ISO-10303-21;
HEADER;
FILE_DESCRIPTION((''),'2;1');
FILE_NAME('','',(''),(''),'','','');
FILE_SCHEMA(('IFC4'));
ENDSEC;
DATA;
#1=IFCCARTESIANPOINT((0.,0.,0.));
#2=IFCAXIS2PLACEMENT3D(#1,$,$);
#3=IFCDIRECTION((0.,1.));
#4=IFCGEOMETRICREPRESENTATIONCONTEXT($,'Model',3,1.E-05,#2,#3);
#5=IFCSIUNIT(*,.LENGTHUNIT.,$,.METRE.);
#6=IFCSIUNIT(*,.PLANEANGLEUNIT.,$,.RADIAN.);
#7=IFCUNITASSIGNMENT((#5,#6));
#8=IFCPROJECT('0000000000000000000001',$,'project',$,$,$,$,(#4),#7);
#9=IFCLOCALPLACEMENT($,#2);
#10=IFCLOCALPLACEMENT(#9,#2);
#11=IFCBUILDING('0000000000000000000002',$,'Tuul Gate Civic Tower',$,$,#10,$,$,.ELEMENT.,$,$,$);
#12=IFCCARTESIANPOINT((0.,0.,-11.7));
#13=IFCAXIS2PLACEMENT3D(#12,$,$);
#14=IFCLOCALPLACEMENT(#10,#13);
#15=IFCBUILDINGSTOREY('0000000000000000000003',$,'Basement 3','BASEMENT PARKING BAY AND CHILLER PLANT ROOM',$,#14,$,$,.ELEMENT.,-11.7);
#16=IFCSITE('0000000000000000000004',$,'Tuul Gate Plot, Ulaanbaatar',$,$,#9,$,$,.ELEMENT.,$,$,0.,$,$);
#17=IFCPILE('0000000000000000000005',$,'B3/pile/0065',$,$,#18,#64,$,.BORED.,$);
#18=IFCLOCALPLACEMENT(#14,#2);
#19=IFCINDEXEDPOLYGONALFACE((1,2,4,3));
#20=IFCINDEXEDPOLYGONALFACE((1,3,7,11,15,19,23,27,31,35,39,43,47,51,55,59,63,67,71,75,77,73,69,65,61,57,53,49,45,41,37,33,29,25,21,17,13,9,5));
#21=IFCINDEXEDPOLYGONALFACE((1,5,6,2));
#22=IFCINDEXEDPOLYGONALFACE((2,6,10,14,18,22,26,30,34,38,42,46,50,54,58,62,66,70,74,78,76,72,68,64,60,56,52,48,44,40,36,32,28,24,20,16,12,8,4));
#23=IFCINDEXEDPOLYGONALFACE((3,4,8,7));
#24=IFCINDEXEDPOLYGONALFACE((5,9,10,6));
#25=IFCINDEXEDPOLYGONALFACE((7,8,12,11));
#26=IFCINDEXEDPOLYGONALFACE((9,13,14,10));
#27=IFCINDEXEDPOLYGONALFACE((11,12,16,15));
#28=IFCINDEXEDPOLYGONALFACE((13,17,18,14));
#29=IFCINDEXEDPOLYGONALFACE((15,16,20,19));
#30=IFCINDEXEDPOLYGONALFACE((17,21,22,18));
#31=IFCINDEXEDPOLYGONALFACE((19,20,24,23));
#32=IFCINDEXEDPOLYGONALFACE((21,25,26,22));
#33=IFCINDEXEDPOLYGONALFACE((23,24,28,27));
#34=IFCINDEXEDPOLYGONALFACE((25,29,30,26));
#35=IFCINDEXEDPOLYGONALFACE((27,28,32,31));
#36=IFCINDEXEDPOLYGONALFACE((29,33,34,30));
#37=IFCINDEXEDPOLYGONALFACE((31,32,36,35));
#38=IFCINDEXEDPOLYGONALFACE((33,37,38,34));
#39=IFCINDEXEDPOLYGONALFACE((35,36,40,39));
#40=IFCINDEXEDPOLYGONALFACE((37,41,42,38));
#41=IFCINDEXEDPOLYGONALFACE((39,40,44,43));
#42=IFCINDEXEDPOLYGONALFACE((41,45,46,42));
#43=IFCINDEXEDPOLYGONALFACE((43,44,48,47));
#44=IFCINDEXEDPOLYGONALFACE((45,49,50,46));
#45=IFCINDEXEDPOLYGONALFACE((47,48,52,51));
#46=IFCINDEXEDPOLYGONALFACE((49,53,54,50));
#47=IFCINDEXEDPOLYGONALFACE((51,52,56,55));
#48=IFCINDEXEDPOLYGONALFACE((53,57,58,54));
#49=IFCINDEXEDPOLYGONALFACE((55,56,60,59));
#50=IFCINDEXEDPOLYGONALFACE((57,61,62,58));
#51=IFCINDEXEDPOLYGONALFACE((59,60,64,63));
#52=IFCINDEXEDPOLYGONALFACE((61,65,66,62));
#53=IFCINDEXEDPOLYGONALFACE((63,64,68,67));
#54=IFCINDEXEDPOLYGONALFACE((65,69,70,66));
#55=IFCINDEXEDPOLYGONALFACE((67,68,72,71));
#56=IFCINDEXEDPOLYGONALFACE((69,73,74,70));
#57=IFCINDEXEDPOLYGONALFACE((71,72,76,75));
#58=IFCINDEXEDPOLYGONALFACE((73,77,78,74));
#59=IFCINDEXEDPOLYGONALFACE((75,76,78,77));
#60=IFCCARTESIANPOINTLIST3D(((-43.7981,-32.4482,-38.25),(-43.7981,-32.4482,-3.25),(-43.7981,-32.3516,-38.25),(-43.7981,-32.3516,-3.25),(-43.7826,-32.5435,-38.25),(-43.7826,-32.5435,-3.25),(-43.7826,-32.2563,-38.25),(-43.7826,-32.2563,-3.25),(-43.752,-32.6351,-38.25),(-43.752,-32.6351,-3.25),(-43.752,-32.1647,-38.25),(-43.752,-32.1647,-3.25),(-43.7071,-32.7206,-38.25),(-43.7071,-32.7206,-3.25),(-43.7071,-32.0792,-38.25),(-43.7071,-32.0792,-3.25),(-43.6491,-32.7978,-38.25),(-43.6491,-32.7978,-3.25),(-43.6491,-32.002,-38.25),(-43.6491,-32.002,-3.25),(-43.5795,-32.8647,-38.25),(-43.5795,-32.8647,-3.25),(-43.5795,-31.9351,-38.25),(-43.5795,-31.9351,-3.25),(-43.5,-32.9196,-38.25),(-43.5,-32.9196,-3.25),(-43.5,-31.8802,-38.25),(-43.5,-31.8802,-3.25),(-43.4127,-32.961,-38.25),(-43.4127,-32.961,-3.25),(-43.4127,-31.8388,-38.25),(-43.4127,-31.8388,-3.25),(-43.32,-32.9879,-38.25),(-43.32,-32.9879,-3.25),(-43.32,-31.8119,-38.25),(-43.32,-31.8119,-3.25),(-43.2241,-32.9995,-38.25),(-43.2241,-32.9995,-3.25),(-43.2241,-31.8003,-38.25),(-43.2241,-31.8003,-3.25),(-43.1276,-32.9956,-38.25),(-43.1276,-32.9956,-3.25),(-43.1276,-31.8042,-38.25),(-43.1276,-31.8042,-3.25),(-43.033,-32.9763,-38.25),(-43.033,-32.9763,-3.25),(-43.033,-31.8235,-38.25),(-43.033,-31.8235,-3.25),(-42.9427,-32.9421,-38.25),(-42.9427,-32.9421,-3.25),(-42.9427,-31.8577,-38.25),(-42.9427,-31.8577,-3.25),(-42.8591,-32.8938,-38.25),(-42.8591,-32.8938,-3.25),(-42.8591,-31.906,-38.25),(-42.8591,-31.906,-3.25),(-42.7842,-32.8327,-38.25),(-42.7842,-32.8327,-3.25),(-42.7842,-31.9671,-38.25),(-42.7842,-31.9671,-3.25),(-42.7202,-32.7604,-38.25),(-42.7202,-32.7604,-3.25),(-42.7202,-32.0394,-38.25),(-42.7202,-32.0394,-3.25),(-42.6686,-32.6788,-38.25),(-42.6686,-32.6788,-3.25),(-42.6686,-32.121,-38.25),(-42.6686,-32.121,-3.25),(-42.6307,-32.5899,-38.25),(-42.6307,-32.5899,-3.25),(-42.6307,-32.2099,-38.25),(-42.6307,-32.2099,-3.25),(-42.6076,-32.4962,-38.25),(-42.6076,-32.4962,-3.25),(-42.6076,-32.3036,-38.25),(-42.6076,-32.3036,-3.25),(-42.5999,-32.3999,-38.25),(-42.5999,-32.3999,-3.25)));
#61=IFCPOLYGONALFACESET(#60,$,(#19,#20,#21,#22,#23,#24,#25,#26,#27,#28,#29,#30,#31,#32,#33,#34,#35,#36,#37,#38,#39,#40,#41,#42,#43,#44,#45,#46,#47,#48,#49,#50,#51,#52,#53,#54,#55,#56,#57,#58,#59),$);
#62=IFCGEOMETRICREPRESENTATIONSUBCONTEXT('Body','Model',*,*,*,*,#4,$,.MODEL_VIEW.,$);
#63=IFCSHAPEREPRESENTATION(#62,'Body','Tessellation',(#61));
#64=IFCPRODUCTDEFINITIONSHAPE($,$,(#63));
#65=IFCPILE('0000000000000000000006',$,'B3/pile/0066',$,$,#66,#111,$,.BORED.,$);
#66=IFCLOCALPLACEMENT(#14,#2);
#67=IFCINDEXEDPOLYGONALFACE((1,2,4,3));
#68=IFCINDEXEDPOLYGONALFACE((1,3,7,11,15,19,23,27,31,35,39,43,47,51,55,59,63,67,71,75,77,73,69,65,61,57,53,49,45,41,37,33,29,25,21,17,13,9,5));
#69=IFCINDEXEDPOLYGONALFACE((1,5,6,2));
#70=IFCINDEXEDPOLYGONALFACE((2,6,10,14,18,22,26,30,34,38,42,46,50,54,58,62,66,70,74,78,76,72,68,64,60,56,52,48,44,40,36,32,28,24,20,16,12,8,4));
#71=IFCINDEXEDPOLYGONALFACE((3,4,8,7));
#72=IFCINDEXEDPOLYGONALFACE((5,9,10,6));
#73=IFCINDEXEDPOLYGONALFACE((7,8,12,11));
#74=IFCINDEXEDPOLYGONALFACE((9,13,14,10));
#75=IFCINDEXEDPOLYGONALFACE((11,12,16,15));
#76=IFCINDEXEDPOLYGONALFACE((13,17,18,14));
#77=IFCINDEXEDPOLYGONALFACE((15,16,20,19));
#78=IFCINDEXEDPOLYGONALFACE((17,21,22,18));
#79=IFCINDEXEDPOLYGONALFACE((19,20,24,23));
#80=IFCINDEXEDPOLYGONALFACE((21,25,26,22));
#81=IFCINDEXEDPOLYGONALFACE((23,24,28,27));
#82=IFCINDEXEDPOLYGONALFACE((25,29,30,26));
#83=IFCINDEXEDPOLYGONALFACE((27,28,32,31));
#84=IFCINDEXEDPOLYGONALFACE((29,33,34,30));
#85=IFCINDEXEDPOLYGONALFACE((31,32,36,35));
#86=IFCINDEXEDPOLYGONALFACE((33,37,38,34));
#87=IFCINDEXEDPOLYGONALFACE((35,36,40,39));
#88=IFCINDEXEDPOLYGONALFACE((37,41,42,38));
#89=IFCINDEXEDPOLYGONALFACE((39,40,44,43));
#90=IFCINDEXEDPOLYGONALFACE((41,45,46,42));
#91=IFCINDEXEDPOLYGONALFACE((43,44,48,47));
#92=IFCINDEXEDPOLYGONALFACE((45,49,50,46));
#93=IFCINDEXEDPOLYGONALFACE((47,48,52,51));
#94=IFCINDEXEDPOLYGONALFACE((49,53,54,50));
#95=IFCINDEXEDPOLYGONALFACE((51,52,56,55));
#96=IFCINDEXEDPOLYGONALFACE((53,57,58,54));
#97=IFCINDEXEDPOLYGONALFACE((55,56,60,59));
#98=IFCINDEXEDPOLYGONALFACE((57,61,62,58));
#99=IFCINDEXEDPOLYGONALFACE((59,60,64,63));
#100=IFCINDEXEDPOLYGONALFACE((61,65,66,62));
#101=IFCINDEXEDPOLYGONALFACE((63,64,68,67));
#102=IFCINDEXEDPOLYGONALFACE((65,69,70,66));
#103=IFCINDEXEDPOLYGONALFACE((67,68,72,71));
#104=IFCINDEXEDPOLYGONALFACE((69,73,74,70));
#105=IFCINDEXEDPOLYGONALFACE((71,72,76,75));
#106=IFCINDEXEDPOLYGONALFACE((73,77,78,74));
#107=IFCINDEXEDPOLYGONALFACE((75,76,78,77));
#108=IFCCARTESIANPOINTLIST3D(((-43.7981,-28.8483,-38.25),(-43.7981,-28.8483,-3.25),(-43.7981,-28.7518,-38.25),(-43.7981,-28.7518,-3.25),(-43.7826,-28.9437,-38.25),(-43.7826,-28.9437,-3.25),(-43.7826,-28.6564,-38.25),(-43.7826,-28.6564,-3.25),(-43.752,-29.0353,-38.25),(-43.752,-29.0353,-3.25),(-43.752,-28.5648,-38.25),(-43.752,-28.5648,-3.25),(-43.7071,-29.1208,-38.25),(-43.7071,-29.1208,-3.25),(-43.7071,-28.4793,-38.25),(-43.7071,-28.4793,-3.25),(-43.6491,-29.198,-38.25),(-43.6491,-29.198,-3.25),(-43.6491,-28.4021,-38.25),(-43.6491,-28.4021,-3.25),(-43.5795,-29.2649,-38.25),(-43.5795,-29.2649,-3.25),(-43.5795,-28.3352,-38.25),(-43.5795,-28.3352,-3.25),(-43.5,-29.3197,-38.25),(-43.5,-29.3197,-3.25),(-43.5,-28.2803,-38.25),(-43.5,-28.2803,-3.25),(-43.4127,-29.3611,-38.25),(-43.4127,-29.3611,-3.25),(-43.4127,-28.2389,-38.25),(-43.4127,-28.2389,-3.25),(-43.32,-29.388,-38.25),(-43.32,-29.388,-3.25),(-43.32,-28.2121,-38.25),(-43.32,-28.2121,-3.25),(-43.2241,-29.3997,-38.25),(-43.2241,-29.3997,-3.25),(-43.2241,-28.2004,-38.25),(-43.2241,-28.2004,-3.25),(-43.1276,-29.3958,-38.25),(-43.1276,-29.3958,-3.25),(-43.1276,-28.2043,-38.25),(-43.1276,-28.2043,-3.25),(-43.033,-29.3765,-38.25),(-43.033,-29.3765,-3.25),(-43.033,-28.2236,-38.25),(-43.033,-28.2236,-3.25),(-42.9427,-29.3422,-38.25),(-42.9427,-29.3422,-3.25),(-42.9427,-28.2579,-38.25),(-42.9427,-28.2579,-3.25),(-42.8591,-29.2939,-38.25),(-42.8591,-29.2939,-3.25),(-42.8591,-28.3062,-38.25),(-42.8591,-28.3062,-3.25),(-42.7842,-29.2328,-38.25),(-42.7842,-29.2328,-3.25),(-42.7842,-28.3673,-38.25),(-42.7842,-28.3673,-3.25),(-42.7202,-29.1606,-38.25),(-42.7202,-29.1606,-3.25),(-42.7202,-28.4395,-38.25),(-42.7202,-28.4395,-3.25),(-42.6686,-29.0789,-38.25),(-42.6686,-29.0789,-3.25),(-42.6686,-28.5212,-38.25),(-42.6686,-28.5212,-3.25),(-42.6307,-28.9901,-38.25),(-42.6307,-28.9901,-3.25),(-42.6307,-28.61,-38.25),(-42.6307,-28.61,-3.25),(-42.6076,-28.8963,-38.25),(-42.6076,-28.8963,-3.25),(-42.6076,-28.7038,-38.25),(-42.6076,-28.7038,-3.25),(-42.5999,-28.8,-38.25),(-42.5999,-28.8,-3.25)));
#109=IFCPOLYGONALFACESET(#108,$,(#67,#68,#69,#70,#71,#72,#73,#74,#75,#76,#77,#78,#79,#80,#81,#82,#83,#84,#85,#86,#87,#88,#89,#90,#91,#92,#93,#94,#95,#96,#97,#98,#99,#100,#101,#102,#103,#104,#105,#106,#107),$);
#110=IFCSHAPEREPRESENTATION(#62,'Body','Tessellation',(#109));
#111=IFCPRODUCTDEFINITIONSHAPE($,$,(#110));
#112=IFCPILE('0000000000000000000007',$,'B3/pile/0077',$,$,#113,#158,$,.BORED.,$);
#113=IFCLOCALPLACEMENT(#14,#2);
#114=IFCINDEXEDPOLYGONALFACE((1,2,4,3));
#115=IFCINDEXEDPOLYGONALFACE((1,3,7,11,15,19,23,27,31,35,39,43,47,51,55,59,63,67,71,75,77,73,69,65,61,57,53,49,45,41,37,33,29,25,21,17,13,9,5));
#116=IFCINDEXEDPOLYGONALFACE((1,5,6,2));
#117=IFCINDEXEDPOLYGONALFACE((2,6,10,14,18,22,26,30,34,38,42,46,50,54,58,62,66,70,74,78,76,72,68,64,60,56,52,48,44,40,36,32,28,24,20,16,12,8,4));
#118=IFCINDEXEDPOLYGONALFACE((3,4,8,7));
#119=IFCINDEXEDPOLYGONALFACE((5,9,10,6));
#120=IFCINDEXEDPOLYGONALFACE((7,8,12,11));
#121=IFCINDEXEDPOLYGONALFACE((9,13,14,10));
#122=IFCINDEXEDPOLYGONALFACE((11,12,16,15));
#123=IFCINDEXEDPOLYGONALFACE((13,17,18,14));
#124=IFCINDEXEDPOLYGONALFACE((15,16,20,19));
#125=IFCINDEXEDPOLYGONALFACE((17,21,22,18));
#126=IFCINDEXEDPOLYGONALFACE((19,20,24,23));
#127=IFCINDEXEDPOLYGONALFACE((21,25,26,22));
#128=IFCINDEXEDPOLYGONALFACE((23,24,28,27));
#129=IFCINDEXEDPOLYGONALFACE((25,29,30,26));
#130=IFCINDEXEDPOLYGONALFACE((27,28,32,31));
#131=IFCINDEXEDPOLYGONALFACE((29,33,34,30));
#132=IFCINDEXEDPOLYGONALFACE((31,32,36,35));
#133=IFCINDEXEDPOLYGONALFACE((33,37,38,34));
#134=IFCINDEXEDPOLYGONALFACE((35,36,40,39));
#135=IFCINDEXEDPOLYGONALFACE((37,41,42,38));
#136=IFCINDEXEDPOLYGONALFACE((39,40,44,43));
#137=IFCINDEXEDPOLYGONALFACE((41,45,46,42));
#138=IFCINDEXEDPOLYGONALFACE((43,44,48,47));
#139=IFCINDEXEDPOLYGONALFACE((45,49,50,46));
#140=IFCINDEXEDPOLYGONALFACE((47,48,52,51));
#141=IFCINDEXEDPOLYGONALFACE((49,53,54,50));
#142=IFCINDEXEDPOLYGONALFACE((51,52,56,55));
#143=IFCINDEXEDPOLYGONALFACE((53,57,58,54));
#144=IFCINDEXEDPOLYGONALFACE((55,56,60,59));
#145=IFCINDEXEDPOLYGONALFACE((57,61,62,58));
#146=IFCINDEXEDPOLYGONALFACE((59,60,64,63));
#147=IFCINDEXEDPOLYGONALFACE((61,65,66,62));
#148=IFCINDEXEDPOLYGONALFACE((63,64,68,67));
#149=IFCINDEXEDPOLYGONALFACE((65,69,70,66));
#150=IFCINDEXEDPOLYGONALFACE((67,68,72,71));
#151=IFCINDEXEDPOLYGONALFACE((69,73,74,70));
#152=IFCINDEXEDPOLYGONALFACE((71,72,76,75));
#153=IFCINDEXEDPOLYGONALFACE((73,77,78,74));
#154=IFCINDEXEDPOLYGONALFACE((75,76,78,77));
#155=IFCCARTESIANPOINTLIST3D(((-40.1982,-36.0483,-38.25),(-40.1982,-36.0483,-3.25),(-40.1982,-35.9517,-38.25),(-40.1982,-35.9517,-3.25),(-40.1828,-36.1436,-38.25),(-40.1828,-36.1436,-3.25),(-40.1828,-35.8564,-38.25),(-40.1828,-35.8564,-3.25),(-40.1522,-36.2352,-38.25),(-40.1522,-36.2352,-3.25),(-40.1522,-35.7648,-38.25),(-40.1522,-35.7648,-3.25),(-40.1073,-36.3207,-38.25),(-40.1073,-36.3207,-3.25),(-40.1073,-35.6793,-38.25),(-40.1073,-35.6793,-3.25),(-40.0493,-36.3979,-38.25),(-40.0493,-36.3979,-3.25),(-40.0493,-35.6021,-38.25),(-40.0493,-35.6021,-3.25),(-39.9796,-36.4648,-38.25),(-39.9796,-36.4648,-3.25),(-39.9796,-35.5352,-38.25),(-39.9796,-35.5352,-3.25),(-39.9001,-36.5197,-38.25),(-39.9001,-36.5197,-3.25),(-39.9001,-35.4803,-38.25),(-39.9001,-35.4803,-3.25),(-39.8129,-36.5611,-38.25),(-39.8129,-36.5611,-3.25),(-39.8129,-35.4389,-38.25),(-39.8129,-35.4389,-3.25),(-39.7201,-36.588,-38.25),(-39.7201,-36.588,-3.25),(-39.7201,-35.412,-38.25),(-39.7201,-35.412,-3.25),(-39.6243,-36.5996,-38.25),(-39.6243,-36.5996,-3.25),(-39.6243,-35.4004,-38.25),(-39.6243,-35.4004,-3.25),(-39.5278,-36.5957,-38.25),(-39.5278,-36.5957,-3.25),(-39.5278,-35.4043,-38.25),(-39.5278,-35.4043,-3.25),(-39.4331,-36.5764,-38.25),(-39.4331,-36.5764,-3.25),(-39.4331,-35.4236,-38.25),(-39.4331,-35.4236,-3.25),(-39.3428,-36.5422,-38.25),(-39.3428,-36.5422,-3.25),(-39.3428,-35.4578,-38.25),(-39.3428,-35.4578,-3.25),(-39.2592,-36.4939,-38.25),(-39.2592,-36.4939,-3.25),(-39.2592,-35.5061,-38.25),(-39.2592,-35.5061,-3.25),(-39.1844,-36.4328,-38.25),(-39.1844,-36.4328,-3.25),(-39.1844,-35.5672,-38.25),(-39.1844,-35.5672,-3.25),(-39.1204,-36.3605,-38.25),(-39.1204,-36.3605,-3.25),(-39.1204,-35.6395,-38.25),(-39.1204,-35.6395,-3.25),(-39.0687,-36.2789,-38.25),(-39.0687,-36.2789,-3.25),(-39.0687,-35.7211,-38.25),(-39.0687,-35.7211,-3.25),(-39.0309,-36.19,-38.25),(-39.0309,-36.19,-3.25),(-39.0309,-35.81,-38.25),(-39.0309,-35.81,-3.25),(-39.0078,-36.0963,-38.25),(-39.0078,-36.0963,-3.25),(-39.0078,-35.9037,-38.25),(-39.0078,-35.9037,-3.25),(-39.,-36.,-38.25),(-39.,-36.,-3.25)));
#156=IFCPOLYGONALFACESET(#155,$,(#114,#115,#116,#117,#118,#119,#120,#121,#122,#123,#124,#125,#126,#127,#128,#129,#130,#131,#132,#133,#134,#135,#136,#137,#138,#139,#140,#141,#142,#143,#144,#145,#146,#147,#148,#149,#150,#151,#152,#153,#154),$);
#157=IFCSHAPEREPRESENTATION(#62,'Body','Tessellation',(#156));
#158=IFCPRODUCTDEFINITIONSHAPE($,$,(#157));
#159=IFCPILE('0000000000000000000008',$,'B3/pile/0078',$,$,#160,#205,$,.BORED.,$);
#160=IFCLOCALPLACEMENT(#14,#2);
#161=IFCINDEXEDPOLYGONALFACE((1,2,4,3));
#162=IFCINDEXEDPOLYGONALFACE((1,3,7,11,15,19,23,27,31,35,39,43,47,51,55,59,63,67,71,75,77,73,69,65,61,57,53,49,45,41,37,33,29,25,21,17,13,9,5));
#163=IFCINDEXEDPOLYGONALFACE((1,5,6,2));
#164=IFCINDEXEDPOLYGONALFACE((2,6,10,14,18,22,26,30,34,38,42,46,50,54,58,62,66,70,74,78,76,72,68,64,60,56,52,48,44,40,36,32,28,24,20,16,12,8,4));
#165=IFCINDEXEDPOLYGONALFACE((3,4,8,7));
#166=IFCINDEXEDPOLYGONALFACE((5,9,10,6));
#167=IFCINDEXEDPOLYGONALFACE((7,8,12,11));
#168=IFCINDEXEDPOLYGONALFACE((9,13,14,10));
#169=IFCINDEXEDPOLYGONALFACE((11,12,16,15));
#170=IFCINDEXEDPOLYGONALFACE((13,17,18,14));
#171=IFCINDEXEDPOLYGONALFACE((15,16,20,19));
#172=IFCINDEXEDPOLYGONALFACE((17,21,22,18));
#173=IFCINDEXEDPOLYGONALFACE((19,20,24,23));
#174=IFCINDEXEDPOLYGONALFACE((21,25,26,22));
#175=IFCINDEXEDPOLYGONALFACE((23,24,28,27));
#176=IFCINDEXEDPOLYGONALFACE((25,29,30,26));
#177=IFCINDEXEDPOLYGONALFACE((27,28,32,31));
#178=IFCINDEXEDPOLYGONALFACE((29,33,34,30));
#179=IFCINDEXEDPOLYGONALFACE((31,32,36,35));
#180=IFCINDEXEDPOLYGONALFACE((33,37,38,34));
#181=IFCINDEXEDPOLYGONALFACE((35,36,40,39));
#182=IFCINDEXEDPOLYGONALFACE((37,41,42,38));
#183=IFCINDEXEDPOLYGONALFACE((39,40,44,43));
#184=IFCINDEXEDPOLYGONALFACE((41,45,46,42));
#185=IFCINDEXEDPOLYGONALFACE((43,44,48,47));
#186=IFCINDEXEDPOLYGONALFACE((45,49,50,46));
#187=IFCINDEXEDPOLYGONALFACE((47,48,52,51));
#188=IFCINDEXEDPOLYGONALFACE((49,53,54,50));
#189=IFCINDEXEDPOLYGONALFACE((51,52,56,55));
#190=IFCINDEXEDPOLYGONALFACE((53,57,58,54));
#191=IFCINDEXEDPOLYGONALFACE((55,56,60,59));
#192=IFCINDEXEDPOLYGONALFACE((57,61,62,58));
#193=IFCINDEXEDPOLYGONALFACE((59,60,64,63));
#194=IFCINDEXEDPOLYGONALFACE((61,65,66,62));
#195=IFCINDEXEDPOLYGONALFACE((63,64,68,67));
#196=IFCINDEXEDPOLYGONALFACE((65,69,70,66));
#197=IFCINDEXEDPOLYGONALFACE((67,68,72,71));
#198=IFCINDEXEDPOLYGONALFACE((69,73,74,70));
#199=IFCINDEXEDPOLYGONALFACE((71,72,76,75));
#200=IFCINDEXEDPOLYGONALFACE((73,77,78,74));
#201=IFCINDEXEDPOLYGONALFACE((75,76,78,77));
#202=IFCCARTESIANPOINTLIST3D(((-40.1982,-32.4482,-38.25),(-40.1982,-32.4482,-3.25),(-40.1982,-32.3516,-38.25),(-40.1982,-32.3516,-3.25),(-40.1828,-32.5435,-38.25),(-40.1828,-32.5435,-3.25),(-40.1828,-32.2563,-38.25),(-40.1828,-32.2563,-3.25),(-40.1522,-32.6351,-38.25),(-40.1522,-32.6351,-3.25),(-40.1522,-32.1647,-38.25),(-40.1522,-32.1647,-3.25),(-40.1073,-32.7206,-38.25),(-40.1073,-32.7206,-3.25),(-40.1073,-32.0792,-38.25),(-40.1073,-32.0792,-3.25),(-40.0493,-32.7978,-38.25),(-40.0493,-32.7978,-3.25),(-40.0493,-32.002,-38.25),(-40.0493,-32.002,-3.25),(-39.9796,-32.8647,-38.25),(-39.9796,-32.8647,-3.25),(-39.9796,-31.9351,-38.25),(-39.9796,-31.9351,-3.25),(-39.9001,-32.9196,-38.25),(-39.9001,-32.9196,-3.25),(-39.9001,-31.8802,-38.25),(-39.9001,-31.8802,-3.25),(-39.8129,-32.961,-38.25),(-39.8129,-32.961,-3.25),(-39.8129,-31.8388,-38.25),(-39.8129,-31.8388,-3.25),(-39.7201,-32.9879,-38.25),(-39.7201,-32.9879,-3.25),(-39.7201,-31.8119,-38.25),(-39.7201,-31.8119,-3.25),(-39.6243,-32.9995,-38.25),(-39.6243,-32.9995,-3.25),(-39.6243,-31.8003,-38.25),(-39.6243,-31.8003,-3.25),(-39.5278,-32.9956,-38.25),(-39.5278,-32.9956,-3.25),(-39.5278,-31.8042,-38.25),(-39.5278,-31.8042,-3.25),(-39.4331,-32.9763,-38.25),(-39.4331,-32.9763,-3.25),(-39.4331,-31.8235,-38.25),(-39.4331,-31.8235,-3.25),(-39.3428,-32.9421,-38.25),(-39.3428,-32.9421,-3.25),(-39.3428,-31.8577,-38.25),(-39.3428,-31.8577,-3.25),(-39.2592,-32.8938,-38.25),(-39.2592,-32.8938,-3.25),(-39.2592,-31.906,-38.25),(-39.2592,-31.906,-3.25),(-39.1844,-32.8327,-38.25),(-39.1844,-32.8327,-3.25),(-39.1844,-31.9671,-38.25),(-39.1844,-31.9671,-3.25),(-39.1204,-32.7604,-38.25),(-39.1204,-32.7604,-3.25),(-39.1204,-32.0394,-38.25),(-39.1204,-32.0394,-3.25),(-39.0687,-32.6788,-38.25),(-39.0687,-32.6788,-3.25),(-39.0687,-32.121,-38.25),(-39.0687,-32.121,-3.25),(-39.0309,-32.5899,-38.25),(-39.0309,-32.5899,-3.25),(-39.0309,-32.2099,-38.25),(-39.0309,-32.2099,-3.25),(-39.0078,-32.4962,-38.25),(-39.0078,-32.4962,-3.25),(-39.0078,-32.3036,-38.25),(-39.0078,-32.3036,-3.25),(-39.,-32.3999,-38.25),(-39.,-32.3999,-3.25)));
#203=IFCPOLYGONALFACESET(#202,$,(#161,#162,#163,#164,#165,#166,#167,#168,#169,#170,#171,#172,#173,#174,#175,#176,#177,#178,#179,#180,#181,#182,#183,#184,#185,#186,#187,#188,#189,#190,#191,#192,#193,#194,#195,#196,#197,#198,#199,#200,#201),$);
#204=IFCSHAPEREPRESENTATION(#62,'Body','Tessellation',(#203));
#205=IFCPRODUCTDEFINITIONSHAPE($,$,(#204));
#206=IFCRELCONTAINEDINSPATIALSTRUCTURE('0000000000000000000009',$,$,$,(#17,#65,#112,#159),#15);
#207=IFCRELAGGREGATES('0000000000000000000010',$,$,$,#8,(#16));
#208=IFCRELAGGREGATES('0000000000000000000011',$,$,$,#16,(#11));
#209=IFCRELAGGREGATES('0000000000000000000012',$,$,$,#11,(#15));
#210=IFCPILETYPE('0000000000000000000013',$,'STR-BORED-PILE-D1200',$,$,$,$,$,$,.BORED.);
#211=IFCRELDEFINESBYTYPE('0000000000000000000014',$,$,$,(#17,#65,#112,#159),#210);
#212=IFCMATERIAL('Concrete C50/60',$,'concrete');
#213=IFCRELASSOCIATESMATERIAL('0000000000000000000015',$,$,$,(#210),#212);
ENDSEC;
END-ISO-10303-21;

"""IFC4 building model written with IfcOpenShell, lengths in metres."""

from ifc_helpers import new_model, si_unit, direction, frame, origin, origin_2d, place, context, subcontext, project, spatial, circle, extrude, material, material_profile, profile_set, type_object, element, save


model = new_model("IFC4")

# Units and contexts
model_context = context("Model", 3, precision=1e-05, world=origin(), true_north=direction((0.0, 1.0)))
body_context = subcontext(model_context, "Body", "Model", "MODEL_VIEW")
ifc_project = project(units=[si_unit("LENGTHUNIT", "METRE"), si_unit("PLANEANGLEUNIT", "RADIAN")], contexts=[model_context])

# Site, building, storey
site_placement = place(None, origin())
site = spatial("IfcSite", under=ifc_project, at=site_placement, Name="Tuul Gate Plot, Ulaanbaatar", CompositionType="ELEMENT", RefElevation=0.0)
building_placement = place(site_placement, origin())
building = spatial("IfcBuilding", under=site, at=building_placement, Name="Tuul Gate Civic Tower", CompositionType="ELEMENT")
storey_placement = place(building_placement, frame((0.0, 0.0, -11.7)))
storey = spatial("IfcBuildingStorey", under=building, at=storey_placement, Name="Basement 3", Description="BASEMENT PARKING BAY AND CHILLER PLANT ROOM", CompositionType="ELEMENT", Elevation=-11.7)

# Piles
ifc_material_1 = material(Name="Concrete C50/60", Category="concrete")
ifc_material_profile_1 = material_profile(ifc_material_1, circle(Radius=0.6001, at=origin_2d()), Name="PILE1200")
ifc_profile_set_1 = profile_set([ifc_material_profile_1], Name="Concrete C50/60")
pile_type = type_object("IfcPileType", Name="STR-BORED-PILE-D1200", PredefinedType="BORED", material=ifc_profile_set_1)
for number, where, z_axis, x_axis, name in (
    (1, (-43.2, -32.3999, -3.25), (0.0, 0.0, -1.0), (1.0, 0.0, 0.0), "B3/pile/0065"),
    (2, (-43.2, -28.8, -3.25), (0.0, 0.0, -1.0), (1.0, 0.0, 0.0), "B3/pile/0066"),
    (3, (-39.6001, -36.0, -3.25), (0.0, 0.0, -1.0), (1.0, 0.0, 0.0), "B3/pile/0077"),
    (4, (-39.6001, -32.3999, -3.25), (0.0, 0.0, -1.0), (1.0, 0.0, 0.0), "B3/pile/0078"),
):
    element("IfcPile", number, at=place(storey_placement, frame(where, z_axis=z_axis, x_axis=x_axis)), inside=storey, type_object=pile_type, Name=name, PredefinedType="BORED", context=body_context, shape_type="SweptSolid", body=[
        extrude(circle(Radius=0.6001, at=origin_2d()), origin(), (0.0, 0.0, 1.0), 35.0),
    ])

save(model, "model.ifc")
